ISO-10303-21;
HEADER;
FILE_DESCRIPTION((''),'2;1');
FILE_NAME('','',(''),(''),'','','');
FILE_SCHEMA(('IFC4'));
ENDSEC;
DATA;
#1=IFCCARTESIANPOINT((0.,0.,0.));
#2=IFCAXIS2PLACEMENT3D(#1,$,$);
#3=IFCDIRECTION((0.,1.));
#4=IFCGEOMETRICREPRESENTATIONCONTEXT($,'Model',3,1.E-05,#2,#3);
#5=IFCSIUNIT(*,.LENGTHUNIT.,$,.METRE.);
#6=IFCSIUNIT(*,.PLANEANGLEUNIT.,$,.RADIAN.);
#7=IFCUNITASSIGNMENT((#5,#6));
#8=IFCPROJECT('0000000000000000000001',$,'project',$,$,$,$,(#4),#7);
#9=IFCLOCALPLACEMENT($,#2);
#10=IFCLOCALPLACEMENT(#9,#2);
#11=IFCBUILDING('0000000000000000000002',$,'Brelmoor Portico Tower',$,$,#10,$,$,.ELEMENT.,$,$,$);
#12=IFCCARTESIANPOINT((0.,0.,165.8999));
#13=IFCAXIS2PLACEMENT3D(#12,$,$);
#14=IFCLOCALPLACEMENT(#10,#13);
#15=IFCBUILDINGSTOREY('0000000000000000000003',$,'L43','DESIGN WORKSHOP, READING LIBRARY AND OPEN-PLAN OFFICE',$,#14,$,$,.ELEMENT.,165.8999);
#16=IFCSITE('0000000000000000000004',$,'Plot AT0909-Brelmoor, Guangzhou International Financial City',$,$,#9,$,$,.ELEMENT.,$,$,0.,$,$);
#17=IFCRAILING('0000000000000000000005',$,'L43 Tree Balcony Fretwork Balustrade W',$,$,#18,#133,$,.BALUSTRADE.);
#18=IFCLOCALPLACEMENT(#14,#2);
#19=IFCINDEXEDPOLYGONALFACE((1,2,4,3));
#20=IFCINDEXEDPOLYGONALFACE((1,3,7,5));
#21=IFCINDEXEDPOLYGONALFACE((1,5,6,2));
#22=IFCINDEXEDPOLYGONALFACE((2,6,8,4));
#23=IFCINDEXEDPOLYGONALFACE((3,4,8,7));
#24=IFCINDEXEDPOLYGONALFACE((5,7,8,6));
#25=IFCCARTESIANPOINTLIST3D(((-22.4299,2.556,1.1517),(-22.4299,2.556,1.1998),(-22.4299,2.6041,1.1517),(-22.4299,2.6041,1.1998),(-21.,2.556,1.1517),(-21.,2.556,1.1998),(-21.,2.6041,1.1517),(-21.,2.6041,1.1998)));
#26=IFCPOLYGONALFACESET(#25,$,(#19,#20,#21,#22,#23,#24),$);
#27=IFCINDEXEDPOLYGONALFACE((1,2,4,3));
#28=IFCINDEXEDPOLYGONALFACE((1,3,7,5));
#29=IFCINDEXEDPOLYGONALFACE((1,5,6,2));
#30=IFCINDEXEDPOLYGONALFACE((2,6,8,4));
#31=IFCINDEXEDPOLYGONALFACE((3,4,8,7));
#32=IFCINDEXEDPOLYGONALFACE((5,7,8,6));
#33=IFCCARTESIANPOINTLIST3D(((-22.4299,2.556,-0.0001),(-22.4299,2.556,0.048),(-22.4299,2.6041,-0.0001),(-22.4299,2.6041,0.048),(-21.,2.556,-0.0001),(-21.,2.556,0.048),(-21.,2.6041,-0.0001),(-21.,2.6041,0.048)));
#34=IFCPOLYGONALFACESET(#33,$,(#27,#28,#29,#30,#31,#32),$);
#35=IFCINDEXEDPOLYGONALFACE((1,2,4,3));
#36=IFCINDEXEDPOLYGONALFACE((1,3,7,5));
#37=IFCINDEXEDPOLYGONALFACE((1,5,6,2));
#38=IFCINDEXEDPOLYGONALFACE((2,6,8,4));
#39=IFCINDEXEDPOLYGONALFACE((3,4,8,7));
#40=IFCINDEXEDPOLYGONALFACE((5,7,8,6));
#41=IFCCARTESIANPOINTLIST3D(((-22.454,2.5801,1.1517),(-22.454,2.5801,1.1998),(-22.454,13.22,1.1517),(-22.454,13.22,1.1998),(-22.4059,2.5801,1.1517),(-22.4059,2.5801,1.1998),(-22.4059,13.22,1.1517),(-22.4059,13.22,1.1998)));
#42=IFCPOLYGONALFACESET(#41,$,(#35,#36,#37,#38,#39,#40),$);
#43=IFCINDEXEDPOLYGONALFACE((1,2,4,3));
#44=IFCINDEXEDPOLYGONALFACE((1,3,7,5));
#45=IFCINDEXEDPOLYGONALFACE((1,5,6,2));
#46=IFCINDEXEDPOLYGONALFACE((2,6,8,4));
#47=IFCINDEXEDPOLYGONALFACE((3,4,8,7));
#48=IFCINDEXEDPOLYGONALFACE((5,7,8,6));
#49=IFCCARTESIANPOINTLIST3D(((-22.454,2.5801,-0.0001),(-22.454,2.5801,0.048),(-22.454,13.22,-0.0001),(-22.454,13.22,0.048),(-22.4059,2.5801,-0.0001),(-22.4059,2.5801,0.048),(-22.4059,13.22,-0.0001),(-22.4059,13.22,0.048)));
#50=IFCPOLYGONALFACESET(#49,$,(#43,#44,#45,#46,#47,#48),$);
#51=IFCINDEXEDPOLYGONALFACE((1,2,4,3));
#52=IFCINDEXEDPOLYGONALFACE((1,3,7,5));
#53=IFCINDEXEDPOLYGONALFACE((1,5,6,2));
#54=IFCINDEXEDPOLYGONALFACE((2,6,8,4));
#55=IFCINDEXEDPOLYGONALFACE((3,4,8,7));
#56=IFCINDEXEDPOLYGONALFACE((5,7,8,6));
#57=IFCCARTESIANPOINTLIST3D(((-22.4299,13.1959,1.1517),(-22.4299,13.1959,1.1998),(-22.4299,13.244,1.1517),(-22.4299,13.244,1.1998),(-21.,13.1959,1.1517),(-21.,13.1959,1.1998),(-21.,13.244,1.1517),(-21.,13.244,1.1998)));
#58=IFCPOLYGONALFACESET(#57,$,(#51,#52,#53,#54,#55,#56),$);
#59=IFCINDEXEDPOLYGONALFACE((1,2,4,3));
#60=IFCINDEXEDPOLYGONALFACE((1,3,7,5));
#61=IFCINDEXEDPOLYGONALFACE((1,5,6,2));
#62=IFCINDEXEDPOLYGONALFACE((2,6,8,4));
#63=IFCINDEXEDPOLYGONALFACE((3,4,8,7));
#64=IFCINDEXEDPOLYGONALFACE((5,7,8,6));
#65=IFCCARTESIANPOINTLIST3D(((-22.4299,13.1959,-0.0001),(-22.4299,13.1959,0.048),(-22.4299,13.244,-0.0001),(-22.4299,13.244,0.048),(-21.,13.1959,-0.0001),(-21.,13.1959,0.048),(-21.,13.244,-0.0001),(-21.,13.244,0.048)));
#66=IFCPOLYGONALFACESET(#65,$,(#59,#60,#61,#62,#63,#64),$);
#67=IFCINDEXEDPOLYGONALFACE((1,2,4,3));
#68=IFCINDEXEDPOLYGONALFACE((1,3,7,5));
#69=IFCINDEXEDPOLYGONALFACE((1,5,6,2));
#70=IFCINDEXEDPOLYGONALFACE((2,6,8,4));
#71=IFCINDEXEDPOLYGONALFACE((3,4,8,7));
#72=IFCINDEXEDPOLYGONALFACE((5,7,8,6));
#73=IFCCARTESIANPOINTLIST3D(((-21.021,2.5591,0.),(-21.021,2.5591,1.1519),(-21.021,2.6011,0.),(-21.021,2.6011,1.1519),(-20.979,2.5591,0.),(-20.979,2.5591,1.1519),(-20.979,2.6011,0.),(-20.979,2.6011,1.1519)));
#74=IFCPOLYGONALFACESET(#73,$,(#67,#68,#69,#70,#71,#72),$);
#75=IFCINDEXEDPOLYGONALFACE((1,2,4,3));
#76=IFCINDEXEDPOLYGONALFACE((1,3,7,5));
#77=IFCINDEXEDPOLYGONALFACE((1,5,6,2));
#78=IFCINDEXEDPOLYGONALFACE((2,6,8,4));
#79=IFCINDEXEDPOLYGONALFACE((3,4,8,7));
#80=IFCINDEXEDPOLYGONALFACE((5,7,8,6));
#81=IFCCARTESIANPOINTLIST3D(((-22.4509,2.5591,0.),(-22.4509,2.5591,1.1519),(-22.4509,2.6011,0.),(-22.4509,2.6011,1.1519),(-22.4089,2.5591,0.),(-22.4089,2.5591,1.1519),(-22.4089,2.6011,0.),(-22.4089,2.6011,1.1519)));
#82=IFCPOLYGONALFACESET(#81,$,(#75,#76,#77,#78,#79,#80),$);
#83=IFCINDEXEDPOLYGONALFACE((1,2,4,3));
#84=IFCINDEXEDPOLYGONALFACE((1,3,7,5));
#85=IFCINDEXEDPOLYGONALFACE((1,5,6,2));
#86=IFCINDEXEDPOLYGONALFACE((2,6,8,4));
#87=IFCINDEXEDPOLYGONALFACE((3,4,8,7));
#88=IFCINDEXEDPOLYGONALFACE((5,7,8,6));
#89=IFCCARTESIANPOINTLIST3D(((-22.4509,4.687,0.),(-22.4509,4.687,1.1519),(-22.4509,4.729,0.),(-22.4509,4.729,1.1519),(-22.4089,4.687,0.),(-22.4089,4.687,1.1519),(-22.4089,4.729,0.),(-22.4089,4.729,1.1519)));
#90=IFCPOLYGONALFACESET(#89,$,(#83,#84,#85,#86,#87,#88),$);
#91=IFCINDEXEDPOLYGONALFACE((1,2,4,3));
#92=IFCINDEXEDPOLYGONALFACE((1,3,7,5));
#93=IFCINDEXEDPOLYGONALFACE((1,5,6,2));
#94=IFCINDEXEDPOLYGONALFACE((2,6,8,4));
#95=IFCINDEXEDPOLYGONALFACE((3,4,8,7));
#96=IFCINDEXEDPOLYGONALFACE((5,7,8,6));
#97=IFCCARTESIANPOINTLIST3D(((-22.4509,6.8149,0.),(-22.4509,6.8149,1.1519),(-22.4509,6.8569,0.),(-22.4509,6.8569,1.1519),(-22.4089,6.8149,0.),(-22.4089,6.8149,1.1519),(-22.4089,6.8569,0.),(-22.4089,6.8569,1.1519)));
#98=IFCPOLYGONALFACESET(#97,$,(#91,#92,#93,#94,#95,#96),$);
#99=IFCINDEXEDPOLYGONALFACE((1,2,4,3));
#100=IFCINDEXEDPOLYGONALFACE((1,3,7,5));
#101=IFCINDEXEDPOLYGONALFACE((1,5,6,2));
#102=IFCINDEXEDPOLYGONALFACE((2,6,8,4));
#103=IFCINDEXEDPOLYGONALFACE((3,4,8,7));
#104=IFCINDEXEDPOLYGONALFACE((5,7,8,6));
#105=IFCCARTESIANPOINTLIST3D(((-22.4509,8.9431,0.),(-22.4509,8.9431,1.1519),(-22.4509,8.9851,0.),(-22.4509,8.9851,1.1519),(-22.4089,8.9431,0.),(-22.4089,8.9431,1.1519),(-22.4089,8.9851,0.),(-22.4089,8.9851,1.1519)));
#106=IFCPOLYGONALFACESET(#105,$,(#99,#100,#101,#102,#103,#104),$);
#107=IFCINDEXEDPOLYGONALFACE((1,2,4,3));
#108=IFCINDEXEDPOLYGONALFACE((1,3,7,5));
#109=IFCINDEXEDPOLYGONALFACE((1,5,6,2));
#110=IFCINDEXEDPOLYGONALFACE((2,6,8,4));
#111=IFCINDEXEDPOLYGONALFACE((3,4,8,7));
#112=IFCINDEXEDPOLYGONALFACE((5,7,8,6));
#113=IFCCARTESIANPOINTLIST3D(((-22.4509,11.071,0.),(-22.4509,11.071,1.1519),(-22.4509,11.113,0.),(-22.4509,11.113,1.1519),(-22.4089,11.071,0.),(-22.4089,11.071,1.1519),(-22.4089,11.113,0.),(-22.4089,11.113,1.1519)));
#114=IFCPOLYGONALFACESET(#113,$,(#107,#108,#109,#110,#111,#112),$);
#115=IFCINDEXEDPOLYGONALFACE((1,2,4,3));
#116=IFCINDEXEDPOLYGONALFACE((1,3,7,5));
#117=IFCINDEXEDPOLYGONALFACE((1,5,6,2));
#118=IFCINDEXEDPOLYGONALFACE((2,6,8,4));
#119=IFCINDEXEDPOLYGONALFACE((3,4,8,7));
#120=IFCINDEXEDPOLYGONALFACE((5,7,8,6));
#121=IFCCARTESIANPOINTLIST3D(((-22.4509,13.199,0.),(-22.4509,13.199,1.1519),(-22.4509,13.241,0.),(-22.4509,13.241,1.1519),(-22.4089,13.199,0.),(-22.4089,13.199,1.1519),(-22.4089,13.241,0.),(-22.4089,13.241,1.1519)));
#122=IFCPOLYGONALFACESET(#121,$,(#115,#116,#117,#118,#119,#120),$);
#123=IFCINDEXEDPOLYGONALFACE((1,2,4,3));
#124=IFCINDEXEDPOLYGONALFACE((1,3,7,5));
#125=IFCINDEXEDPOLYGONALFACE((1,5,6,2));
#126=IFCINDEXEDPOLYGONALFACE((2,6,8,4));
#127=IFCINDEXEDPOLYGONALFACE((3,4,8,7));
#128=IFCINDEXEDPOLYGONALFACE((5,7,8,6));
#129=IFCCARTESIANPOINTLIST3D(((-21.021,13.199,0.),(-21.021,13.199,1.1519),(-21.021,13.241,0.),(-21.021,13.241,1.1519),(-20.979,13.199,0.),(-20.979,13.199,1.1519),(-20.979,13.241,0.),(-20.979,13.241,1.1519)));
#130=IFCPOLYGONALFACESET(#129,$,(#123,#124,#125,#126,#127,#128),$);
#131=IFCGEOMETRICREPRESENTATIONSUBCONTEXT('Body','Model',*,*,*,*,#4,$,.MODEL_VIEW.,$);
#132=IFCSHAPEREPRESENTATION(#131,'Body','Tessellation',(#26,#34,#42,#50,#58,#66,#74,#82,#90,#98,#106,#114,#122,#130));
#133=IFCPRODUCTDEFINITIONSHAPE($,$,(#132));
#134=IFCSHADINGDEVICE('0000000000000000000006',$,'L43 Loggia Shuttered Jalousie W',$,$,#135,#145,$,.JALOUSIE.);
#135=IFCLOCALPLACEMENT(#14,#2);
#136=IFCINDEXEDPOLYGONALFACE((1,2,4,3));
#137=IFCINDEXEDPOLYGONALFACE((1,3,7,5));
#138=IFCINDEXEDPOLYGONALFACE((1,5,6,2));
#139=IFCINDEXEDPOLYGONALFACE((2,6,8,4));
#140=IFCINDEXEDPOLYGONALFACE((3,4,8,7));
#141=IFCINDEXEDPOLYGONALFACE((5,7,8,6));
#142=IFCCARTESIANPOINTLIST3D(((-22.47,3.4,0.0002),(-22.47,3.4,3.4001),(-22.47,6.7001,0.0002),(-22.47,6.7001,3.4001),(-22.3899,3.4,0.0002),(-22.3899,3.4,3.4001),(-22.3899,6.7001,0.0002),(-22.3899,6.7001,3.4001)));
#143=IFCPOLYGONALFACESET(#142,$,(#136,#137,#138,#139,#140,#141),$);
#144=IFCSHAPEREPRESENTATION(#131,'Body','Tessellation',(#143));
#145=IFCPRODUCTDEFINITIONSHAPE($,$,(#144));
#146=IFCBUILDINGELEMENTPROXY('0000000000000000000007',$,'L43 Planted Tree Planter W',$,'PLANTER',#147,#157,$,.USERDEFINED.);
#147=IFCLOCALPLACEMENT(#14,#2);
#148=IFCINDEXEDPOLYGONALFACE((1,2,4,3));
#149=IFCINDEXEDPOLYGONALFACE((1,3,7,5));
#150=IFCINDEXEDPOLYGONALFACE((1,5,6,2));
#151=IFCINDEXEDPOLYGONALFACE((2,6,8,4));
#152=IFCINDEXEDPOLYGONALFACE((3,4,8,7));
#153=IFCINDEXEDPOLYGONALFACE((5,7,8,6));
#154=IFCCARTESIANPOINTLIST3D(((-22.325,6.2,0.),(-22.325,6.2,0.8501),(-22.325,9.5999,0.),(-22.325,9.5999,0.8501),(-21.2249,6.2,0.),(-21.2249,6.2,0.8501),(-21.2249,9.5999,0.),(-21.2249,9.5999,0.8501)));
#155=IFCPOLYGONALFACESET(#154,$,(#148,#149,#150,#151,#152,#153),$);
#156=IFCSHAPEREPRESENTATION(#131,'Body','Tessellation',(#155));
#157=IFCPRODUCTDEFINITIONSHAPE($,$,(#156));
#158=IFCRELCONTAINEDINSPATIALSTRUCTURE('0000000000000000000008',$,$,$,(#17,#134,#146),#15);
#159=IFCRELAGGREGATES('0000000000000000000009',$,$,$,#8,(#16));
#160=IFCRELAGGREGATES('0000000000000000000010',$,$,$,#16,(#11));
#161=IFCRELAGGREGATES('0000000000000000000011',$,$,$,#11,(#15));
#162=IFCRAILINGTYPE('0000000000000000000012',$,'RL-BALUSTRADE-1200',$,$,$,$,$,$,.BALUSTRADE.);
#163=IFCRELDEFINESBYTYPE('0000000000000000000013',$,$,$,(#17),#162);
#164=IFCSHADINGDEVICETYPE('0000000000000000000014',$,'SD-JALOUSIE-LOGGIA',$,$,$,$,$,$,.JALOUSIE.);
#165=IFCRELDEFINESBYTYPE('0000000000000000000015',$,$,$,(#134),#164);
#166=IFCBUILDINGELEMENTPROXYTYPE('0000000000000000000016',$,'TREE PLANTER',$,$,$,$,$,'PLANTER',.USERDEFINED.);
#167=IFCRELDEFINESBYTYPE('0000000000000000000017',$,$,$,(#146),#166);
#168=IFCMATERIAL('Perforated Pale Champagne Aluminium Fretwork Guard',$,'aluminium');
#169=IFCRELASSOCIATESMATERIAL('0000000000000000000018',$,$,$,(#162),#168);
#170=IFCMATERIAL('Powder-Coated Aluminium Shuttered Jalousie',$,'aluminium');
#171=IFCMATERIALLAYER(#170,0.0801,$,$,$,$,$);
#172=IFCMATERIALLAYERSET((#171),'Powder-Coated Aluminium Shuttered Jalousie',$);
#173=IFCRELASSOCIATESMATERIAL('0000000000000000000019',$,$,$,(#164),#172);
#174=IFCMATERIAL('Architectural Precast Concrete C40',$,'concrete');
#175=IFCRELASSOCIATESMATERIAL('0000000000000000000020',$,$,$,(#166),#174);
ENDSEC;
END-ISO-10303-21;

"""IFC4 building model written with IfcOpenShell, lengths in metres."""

from ifc_helpers import new_model, si_unit, direction, frame, origin, origin_2d, place, context, subcontext, project, spatial, rectangle, extrude, material, layer, layer_set, type_object, element, save


model = new_model("IFC4")

# Units and contexts
model_context = context("Model", 3, precision=1e-05, world=origin(), true_north=direction((0.0, 1.0)))
body_context = subcontext(model_context, "Body", "Model", "MODEL_VIEW")
ifc_project = project(units=[si_unit("LENGTHUNIT", "METRE"), si_unit("PLANEANGLEUNIT", "RADIAN")], contexts=[model_context])

# Site, building, storey
site_placement = place(None, origin())
site = spatial("IfcSite", under=ifc_project, at=site_placement, Name="Plot AT0909-Brelmoor, Guangzhou International Financial City", CompositionType="ELEMENT", RefElevation=0.0)
building_placement = place(site_placement, origin())
building = spatial("IfcBuilding", under=site, at=building_placement, Name="Brelmoor Portico Tower", CompositionType="ELEMENT")
storey_placement = place(building_placement, frame((0.0, 0.0, 165.8999)))
storey = spatial("IfcBuildingStorey", under=building, at=storey_placement, Name="L43", Description="DESIGN WORKSHOP, READING LIBRARY AND OPEN-PLAN OFFICE", CompositionType="ELEMENT", Elevation=165.8999)

# Railing
ifc_material_1 = material(Name="Perforated Pale Champagne Aluminium Fretwork Guard", Category="aluminium")
railing_type = type_object("IfcRailingType", Name="RL-BALUSTRADE-1200", PredefinedType="BALUSTRADE", material=ifc_material_1)
railing_placement = place(storey_placement, frame((-21.0, 2.5801, 0.0)))
element("IfcRailing", 1, at=railing_placement, inside=storey, type_object=railing_type, Name="L43 Tree Balcony Fretwork Balustrade W", PredefinedType="BALUSTRADE", context=body_context, shape_type="SweptSolid", body=[
    extrude(rectangle(XDim=0.0481, YDim=0.0481, at=origin_2d()), frame((0.0, 0.0, 1.1758), z_axis=(-1.0, 0.0, 0.0), x_axis=(0.0, -1.0, 0.0)), (0.0, 0.0, 1.0), 1.4299),
    extrude(rectangle(XDim=0.0481, YDim=0.0481, at=origin_2d()), frame((0.0, 0.0, 0.0239), z_axis=(-1.0, 0.0, 0.0), x_axis=(0.0, -1.0, 0.0)), (0.0, 0.0, 1.0), 1.4299),
    extrude(rectangle(XDim=0.0481, YDim=0.0481, at=origin_2d()), frame((-1.4299, 0.0, 1.1758), z_axis=(0.0, 1.0, 0.0), x_axis=(-1.0, 0.0, 0.0)), (0.0, 0.0, 1.0), 10.6399),
    extrude(rectangle(XDim=0.0481, YDim=0.0481, at=origin_2d()), frame((-1.4299, 0.0, 0.0239), z_axis=(0.0, 1.0, 0.0), x_axis=(-1.0, 0.0, 0.0)), (0.0, 0.0, 1.0), 10.6399),
    extrude(rectangle(XDim=0.0481, YDim=0.0481, at=origin_2d()), frame((-1.4299, 10.6399, 1.1758), z_axis=(1.0, 0.0, 0.0), x_axis=(0.0, 1.0, 0.0)), (0.0, 0.0, 1.0), 1.4299),
    extrude(rectangle(XDim=0.0481, YDim=0.0481, at=origin_2d()), frame((-1.4299, 10.6399, 0.0239), z_axis=(1.0, 0.0, 0.0), x_axis=(0.0, 1.0, 0.0)), (0.0, 0.0, 1.0), 1.4299),
    extrude(rectangle(XDim=0.042, YDim=0.042, at=origin_2d()), origin(), (0.0, 0.0, 1.0), 1.1519),
    extrude(rectangle(XDim=0.042, YDim=0.042, at=origin_2d()), frame((-1.4299, 0.0, 0.0)), (0.0, 0.0, 1.0), 1.1519),
    extrude(rectangle(XDim=0.042, YDim=0.042, at=origin_2d()), frame((-1.4299, 2.1279, 0.0)), (0.0, 0.0, 1.0), 1.1519),
    extrude(rectangle(XDim=0.042, YDim=0.042, at=origin_2d()), frame((-1.4299, 4.2559, 0.0)), (0.0, 0.0, 1.0), 1.1519),
    extrude(rectangle(XDim=0.042, YDim=0.042, at=origin_2d()), frame((-1.4299, 6.384, 0.0)), (0.0, 0.0, 1.0), 1.1519),
    extrude(rectangle(XDim=0.042, YDim=0.042, at=origin_2d()), frame((-1.4299, 8.512, 0.0)), (0.0, 0.0, 1.0), 1.1519),
    extrude(rectangle(XDim=0.042, YDim=0.042, at=origin_2d()), frame((-1.4299, 10.6399, 0.0)), (0.0, 0.0, 1.0), 1.1519),
    extrude(rectangle(XDim=0.042, YDim=0.042, at=origin_2d()), frame((0.0, 10.6399, 0.0)), (0.0, 0.0, 1.0), 1.1519),
])

# Shading device
ifc_material_2 = material(Name="Powder-Coated Aluminium Shuttered Jalousie", Category="aluminium")
ifc_layer_1 = layer(ifc_material_2, 0.0801)
ifc_layer_set_1 = layer_set([ifc_layer_1], Name="Powder-Coated Aluminium Shuttered Jalousie")
shading_device_type = type_object("IfcShadingDeviceType", Name="SD-JALOUSIE-LOGGIA", PredefinedType="JALOUSIE", material=ifc_layer_set_1)
shading_device_placement = place(storey_placement, frame((-22.4299, 5.05, 0.0002), z_axis=(0.0, 0.0, 1.0), x_axis=(0.0, 1.0, 0.0)))
element("IfcShadingDevice", 2, at=shading_device_placement, inside=storey, type_object=shading_device_type, Name="L43 Loggia Shuttered Jalousie W", PredefinedType="JALOUSIE", context=body_context, shape_type="SweptSolid", body=[
    extrude(rectangle(XDim=3.3, YDim=0.0801, at=origin_2d()), origin(), (0.0, 0.0, 1.0), 3.3999),
])

# Building element proxy
ifc_material_3 = material(Name="Architectural Precast Concrete C40", Category="concrete")
building_element_proxy_type = type_object("IfcBuildingElementProxyType", Name="TREE PLANTER", ElementType="PLANTER", PredefinedType="USERDEFINED", material=ifc_material_3)
proxy_placement = place(storey_placement, frame((-21.7749, 7.8999, 0.0), z_axis=(0.0, 0.0, 1.0), x_axis=(0.0, 1.0, 0.0)))
element("IfcBuildingElementProxy", 3, at=proxy_placement, inside=storey, type_object=building_element_proxy_type, Name="L43 Planted Tree Planter W", ObjectType="PLANTER", PredefinedType="USERDEFINED", context=body_context, shape_type="SweptSolid", body=[
    extrude(rectangle(XDim=3.3999, YDim=1.1001, at=origin_2d()), origin(), (0.0, 0.0, 1.0), 0.8501),
])

save(model, "model.ifc")
